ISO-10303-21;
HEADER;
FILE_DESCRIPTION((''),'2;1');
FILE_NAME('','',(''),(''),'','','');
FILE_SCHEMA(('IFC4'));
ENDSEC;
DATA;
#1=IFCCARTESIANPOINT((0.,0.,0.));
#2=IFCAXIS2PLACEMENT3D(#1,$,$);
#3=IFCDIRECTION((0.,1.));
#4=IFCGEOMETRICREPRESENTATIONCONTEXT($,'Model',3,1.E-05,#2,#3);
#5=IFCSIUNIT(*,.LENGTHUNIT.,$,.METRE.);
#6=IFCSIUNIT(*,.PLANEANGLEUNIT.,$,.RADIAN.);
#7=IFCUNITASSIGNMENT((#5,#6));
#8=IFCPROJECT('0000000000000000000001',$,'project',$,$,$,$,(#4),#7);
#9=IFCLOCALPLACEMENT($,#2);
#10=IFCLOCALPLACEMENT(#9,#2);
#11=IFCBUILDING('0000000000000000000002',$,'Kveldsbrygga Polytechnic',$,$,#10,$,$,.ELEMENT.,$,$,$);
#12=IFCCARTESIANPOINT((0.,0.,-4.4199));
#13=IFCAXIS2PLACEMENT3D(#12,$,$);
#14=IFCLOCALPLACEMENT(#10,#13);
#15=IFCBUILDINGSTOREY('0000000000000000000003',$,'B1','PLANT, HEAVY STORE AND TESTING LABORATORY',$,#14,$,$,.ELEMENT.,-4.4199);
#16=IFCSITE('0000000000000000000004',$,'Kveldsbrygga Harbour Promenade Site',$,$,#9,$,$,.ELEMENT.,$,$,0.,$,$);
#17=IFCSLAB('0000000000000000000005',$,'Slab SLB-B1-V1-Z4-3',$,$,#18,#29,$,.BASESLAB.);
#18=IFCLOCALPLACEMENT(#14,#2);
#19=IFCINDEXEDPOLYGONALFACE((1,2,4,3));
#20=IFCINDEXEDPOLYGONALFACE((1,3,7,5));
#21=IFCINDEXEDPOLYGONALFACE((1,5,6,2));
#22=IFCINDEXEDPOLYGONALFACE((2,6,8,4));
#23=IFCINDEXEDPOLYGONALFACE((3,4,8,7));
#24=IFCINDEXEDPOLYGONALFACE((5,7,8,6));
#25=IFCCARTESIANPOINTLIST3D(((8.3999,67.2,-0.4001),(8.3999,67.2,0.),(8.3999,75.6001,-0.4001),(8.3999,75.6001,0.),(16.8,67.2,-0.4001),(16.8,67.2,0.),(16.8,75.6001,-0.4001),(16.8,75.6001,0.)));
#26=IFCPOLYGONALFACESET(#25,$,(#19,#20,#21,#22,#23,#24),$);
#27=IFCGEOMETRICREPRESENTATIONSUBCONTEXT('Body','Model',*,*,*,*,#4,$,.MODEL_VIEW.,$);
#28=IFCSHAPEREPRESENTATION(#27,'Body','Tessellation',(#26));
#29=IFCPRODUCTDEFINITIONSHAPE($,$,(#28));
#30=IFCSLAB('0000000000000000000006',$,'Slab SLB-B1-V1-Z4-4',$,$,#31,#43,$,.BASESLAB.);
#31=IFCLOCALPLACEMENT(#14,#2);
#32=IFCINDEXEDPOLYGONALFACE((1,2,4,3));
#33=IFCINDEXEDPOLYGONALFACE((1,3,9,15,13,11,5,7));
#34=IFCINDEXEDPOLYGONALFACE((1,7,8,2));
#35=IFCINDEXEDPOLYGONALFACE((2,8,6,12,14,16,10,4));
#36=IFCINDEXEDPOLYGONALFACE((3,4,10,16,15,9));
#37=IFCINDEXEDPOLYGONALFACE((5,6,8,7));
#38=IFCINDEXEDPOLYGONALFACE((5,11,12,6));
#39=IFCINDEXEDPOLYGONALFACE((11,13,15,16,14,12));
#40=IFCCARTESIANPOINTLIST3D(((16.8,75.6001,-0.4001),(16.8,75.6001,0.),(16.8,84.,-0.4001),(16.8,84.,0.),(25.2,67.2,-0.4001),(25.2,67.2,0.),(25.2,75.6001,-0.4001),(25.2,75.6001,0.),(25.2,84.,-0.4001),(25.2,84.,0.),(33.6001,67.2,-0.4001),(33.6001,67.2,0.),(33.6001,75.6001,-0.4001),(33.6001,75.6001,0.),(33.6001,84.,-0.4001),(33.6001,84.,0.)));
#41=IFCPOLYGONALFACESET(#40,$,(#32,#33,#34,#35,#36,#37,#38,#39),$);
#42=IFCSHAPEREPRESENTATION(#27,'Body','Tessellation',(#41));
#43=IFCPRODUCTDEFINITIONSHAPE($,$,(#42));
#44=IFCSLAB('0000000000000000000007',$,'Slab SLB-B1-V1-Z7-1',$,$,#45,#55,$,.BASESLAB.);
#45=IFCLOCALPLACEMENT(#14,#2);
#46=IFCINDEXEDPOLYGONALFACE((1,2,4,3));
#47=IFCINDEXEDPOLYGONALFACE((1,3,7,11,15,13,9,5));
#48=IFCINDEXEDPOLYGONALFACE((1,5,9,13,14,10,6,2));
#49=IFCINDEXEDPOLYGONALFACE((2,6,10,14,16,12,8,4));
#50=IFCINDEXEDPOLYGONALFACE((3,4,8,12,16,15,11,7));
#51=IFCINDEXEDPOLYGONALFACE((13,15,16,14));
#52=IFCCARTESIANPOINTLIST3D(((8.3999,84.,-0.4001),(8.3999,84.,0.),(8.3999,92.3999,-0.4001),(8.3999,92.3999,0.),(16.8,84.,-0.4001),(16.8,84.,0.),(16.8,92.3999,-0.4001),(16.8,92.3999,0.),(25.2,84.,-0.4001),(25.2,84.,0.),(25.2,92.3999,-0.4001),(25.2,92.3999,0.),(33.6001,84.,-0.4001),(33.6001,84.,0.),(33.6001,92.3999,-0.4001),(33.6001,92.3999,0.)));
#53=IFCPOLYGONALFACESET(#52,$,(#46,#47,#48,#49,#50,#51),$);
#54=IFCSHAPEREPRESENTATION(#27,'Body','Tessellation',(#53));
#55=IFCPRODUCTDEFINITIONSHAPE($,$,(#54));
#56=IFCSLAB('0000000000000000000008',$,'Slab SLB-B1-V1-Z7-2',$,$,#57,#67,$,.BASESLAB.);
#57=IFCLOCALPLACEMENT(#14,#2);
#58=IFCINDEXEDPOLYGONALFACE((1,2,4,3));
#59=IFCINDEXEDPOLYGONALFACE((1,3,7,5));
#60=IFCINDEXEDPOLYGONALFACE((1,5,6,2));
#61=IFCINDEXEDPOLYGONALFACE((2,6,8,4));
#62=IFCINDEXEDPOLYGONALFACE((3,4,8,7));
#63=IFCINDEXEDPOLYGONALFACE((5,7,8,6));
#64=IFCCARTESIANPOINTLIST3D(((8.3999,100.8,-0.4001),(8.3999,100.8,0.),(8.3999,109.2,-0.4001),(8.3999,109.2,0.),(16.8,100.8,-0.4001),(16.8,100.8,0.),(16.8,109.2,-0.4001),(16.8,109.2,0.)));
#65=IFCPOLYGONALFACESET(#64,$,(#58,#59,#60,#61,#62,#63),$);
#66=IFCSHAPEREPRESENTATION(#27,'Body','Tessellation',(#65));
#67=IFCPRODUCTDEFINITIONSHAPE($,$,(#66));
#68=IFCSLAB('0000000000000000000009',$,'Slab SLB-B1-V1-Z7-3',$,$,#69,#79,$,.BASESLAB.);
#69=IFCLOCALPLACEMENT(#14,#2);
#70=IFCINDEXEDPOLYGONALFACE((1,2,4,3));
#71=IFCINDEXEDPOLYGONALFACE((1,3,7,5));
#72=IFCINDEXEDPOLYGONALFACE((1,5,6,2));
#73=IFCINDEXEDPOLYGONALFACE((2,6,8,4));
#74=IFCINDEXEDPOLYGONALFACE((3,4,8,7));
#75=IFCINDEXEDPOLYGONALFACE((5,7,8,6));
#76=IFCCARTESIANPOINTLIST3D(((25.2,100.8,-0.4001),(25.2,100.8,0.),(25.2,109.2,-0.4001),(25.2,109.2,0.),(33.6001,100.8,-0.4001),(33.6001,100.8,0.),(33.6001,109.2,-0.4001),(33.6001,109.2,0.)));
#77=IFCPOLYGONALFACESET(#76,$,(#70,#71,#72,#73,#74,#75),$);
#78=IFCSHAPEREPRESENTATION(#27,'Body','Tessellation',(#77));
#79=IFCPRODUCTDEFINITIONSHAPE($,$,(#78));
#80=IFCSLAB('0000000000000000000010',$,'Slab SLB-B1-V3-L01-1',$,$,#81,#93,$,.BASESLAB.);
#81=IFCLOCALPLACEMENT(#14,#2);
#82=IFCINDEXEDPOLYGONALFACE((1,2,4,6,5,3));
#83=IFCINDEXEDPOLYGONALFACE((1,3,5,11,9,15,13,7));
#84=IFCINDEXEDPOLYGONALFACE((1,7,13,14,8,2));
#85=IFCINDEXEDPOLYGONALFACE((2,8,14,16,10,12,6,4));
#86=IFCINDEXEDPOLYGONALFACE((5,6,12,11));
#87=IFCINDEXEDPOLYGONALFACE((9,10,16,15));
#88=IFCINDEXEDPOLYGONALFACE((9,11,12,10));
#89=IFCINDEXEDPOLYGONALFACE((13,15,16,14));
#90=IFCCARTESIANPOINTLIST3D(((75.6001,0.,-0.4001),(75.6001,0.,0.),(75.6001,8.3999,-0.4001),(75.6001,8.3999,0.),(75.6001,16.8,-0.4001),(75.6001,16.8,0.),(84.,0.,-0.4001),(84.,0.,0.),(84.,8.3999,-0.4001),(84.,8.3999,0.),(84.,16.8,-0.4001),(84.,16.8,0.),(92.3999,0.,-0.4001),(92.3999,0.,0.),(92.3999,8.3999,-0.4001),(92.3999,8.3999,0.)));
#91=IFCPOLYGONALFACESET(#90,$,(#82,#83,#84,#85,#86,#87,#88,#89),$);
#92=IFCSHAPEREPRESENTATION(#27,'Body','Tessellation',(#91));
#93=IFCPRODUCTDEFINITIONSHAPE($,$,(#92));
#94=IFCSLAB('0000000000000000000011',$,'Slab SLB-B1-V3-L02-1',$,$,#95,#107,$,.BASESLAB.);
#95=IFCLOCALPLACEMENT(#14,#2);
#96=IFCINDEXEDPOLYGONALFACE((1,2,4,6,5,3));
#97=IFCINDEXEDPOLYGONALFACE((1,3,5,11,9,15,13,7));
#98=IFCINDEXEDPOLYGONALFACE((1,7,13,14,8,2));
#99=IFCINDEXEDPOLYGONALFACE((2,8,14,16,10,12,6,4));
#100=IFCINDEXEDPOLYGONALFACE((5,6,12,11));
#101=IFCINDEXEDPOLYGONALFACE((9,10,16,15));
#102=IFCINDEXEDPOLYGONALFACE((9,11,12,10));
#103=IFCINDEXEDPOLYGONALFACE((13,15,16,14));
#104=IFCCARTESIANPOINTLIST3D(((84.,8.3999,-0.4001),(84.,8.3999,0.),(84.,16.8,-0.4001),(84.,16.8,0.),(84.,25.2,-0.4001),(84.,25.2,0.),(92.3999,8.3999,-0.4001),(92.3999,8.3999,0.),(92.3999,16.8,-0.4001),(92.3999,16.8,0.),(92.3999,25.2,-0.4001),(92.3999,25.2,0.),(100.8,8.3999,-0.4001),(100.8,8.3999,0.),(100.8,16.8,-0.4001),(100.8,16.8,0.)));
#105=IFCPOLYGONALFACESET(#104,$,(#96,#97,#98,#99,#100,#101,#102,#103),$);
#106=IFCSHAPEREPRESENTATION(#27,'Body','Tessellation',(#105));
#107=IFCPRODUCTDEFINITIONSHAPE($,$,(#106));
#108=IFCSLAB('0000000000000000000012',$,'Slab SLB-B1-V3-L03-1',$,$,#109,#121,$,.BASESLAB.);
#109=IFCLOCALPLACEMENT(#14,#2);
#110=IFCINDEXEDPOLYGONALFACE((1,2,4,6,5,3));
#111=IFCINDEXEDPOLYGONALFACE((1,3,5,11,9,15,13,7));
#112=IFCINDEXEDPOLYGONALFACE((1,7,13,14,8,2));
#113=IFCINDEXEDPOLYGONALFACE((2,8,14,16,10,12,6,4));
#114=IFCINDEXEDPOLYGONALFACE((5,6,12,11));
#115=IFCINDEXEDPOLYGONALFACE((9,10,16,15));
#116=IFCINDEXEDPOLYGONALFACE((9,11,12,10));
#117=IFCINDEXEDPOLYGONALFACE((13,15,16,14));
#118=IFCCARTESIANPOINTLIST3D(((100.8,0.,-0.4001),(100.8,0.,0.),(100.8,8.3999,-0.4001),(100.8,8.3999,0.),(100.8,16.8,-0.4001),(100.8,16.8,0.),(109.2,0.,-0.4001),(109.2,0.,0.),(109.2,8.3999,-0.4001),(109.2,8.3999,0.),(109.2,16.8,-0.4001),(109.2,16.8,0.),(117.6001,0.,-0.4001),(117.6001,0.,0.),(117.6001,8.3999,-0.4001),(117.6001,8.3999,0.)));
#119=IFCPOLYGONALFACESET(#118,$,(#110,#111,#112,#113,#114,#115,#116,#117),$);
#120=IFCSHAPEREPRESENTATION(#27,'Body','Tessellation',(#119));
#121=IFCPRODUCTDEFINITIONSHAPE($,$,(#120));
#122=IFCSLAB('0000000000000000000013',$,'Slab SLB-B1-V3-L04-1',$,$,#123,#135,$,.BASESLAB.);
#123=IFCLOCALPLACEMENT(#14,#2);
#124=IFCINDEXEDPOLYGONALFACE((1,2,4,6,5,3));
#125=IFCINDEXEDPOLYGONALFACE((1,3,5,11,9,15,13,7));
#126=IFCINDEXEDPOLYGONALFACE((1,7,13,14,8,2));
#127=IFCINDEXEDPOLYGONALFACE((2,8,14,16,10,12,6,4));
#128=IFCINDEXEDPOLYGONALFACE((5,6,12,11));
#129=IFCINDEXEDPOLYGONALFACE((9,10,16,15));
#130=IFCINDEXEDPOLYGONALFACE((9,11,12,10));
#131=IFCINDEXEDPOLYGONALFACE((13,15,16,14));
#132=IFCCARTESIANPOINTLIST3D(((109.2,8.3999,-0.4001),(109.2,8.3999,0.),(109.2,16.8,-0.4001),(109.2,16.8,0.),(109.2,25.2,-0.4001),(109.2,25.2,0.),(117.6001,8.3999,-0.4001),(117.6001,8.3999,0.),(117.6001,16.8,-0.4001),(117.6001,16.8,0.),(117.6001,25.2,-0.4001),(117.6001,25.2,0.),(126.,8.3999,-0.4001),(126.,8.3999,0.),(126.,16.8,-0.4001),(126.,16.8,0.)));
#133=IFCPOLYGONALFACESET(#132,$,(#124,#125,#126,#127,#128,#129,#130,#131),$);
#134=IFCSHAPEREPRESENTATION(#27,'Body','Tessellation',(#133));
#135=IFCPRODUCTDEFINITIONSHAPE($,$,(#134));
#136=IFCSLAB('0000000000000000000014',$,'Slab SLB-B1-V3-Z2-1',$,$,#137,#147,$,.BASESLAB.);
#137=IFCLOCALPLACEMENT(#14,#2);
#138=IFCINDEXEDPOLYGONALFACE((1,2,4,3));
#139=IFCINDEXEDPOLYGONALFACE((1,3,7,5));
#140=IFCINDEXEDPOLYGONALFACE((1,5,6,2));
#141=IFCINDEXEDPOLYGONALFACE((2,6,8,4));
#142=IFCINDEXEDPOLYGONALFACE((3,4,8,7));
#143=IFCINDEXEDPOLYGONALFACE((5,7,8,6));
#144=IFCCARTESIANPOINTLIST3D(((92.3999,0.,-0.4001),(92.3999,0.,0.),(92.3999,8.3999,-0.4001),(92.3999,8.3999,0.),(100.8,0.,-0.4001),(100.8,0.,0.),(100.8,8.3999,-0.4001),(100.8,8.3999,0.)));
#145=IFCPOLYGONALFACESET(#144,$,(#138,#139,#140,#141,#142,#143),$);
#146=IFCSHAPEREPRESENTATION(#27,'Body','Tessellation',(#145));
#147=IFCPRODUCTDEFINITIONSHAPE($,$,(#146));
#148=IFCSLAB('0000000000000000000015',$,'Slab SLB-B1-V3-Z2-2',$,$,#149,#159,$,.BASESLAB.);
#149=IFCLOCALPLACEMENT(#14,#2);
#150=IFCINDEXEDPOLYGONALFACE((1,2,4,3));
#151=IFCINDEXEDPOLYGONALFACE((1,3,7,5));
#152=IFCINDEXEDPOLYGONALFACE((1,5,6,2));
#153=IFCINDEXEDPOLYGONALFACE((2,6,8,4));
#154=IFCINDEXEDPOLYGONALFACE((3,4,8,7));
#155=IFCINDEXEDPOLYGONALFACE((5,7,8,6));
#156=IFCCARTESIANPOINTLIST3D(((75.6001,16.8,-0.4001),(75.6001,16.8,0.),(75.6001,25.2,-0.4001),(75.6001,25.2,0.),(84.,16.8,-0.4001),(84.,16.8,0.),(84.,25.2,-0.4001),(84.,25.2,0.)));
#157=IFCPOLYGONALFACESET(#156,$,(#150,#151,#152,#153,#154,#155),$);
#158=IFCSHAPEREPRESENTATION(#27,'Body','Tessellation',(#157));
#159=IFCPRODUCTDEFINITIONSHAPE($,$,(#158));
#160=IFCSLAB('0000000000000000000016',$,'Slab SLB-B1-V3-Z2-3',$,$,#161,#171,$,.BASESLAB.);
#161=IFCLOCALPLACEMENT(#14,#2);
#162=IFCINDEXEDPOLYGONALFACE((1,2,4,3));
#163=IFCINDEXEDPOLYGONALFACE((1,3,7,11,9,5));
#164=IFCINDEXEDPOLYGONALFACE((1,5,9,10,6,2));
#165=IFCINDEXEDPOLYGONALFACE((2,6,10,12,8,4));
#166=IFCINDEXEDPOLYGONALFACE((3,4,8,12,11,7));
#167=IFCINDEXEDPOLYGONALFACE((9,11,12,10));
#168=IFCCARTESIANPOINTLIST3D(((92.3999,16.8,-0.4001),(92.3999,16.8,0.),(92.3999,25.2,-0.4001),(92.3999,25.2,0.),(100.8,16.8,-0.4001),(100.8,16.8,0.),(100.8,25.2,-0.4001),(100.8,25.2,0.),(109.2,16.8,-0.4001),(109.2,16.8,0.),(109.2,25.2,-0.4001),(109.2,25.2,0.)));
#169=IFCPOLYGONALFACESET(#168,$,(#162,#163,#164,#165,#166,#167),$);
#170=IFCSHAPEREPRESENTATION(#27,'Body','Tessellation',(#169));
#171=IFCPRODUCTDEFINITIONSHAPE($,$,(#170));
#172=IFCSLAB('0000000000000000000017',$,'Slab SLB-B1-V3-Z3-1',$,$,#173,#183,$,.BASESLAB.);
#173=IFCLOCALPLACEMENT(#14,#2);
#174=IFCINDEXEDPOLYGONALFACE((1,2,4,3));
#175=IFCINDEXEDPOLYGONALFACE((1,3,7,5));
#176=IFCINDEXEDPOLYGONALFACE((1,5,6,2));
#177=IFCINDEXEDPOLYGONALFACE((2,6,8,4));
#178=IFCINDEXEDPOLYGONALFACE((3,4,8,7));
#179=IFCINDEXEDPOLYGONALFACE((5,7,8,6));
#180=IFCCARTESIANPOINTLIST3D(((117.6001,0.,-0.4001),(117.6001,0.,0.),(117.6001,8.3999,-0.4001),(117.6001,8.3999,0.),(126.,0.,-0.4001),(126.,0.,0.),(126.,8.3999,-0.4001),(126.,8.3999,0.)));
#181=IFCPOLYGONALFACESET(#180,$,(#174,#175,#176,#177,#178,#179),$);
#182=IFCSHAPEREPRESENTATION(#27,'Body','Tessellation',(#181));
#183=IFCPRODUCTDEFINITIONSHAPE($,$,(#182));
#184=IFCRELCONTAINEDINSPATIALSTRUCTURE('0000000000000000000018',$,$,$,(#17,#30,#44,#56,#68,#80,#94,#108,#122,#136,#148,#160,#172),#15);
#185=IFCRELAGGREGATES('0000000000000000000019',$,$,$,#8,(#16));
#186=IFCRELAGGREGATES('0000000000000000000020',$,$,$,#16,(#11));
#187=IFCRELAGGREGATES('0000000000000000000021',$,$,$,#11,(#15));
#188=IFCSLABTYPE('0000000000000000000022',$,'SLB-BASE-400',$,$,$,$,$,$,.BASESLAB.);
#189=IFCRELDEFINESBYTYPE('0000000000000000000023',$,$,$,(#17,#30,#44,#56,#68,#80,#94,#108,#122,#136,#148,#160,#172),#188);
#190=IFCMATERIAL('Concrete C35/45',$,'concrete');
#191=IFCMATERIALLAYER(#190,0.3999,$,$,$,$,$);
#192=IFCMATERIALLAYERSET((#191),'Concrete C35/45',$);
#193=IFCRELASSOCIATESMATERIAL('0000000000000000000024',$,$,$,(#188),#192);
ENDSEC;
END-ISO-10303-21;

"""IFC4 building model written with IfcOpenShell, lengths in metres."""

from ifc_helpers import new_model, si_unit, direction, frame, origin, place, context, subcontext, project, spatial, polyline, outline, extrude, material, layer, layer_set, type_object, element, save


model = new_model("IFC4")

# Units and contexts
model_context = context("Model", 3, precision=1e-05, world=origin(), true_north=direction((0.0, 1.0)))
body_context = subcontext(model_context, "Body", "Model", "MODEL_VIEW")
ifc_project = project(units=[si_unit("LENGTHUNIT", "METRE"), si_unit("PLANEANGLEUNIT", "RADIAN")], contexts=[model_context])

# Site, building, storey
site_placement = place(None, origin())
site = spatial("IfcSite", under=ifc_project, at=site_placement, Name="Kveldsbrygga Harbour Promenade Site", CompositionType="ELEMENT", RefElevation=0.0)
building_placement = place(site_placement, origin())
building = spatial("IfcBuilding", under=site, at=building_placement, Name="Kveldsbrygga Polytechnic", CompositionType="ELEMENT")
storey_placement = place(building_placement, frame((0.0, 0.0, -4.4199)))
storey = spatial("IfcBuildingStorey", under=building, at=storey_placement, Name="B1", Description="PLANT, HEAVY STORE AND TESTING LABORATORY", CompositionType="ELEMENT", Elevation=-4.4199)

# Slabs
ifc_material = material(Name="Concrete C35/45", Category="concrete")
ifc_layer = layer(ifc_material, 0.3999)
ifc_layer_set = layer_set([ifc_layer], Name="Concrete C35/45")
slab_type = type_object("IfcSlabType", Name="SLB-BASE-400", PredefinedType="BASESLAB", material=ifc_layer_set)
slab_1_placement = place(storey_placement, frame((0.0, 0.0, -0.4001)))
element("IfcSlab", 1, at=slab_1_placement, inside=storey, type_object=slab_type, Name="Slab SLB-B1-V1-Z4-3", PredefinedType="BASESLAB", context=body_context, shape_type="SweptSolid", body=[
    extrude(outline(polyline([(16.8, 75.6001), (16.8, 67.2), (8.3999, 67.2), (8.3999, 75.6001), (16.8, 75.6001)])), origin(), (0.0, 0.0, 1.0), 0.4001),
])
slab_2_placement = place(storey_placement, frame((0.0, 0.0, -0.4001)))
element("IfcSlab", 2, at=slab_2_placement, inside=storey, type_object=slab_type, Name="Slab SLB-B1-V1-Z4-4", PredefinedType="BASESLAB", context=body_context, shape_type="SweptSolid", body=[
    extrude(outline(polyline([(25.2, 67.2), (25.2, 75.6001), (16.8, 75.6001), (16.8, 84.0), (25.2, 84.0), (33.6001, 84.0), (33.6001, 75.6001), (33.6001, 67.2), (25.2, 67.2)])), origin(), (0.0, 0.0, 1.0), 0.4001),
])
slab_3_placement = place(storey_placement, frame((0.0, 0.0, -0.4001)))
element("IfcSlab", 3, at=slab_3_placement, inside=storey, type_object=slab_type, Name="Slab SLB-B1-V1-Z7-1", PredefinedType="BASESLAB", context=body_context, shape_type="SweptSolid", body=[
    extrude(outline(polyline([(8.3999, 92.3999), (16.8, 92.3999), (25.2, 92.3999), (33.6001, 92.3999), (33.6001, 84.0), (25.2, 84.0), (16.8, 84.0), (8.3999, 84.0), (8.3999, 92.3999)])), origin(), (0.0, 0.0, 1.0), 0.4001),
])
slab_4_placement = place(storey_placement, frame((0.0, 0.0, -0.4001)))
element("IfcSlab", 4, at=slab_4_placement, inside=storey, type_object=slab_type, Name="Slab SLB-B1-V1-Z7-2", PredefinedType="BASESLAB", context=body_context, shape_type="SweptSolid", body=[
    extrude(outline(polyline([(16.8, 109.2), (16.8, 100.8), (8.3999, 100.8), (8.3999, 109.2), (16.8, 109.2)])), origin(), (0.0, 0.0, 1.0), 0.4001),
])
slab_5_placement = place(storey_placement, frame((0.0, 0.0, -0.4001)))
element("IfcSlab", 5, at=slab_5_placement, inside=storey, type_object=slab_type, Name="Slab SLB-B1-V1-Z7-3", PredefinedType="BASESLAB", context=body_context, shape_type="SweptSolid", body=[
    extrude(outline(polyline([(33.6001, 109.2), (33.6001, 100.8), (25.2, 100.8), (25.2, 109.2), (33.6001, 109.2)])), origin(), (0.0, 0.0, 1.0), 0.4001),
])
slab_6_placement = place(storey_placement, frame((0.0, 0.0, -0.4001)))
element("IfcSlab", 6, at=slab_6_placement, inside=storey, type_object=slab_type, Name="Slab SLB-B1-V3-L01-1", PredefinedType="BASESLAB", context=body_context, shape_type="SweptSolid", body=[
    extrude(outline(polyline([(75.6001, 0.0), (75.6001, 8.3999), (75.6001, 16.8), (84.0, 16.8), (84.0, 8.3999), (92.3999, 8.3999), (92.3999, 0.0), (84.0, 0.0), (75.6001, 0.0)])), origin(), (0.0, 0.0, 1.0), 0.4001),
])
slab_7_placement = place(storey_placement, frame((0.0, 0.0, -0.4001)))
element("IfcSlab", 7, at=slab_7_placement, inside=storey, type_object=slab_type, Name="Slab SLB-B1-V3-L02-1", PredefinedType="BASESLAB", context=body_context, shape_type="SweptSolid", body=[
    extrude(outline(polyline([(84.0, 8.3999), (84.0, 16.8), (84.0, 25.2), (92.3999, 25.2), (92.3999, 16.8), (100.8, 16.8), (100.8, 8.3999), (92.3999, 8.3999), (84.0, 8.3999)])), origin(), (0.0, 0.0, 1.0), 0.4001),
])
slab_8_placement = place(storey_placement, frame((0.0, 0.0, -0.4001)))
element("IfcSlab", 8, at=slab_8_placement, inside=storey, type_object=slab_type, Name="Slab SLB-B1-V3-L03-1", PredefinedType="BASESLAB", context=body_context, shape_type="SweptSolid", body=[
    extrude(outline(polyline([(100.8, 0.0), (100.8, 8.3999), (100.8, 16.8), (109.2, 16.8), (109.2, 8.3999), (117.6001, 8.3999), (117.6001, 0.0), (109.2, 0.0), (100.8, 0.0)])), origin(), (0.0, 0.0, 1.0), 0.4001),
])
slab_9_placement = place(storey_placement, frame((0.0, 0.0, -0.4001)))
element("IfcSlab", 9, at=slab_9_placement, inside=storey, type_object=slab_type, Name="Slab SLB-B1-V3-L04-1", PredefinedType="BASESLAB", context=body_context, shape_type="SweptSolid", body=[
    extrude(outline(polyline([(109.2, 8.3999), (109.2, 16.8), (109.2, 25.2), (117.6001, 25.2), (117.6001, 16.8), (126.0, 16.8), (126.0, 8.3999), (117.6001, 8.3999), (109.2, 8.3999)])), origin(), (0.0, 0.0, 1.0), 0.4001),
])
slab_10_placement = place(storey_placement, frame((0.0, 0.0, -0.4001)))
element("IfcSlab", 10, at=slab_10_placement, inside=storey, type_object=slab_type, Name="Slab SLB-B1-V3-Z2-1", PredefinedType="BASESLAB", context=body_context, shape_type="SweptSolid", body=[
    extrude(outline(polyline([(92.3999, 8.3999), (100.8, 8.3999), (100.8, 0.0), (92.3999, 0.0), (92.3999, 8.3999)])), origin(), (0.0, 0.0, 1.0), 0.4001),
])
slab_11_placement = place(storey_placement, frame((0.0, 0.0, -0.4001)))
element("IfcSlab", 11, at=slab_11_placement, inside=storey, type_object=slab_type, Name="Slab SLB-B1-V3-Z2-2", PredefinedType="BASESLAB", context=body_context, shape_type="SweptSolid", body=[
    extrude(outline(polyline([(75.6001, 25.2), (84.0, 25.2), (84.0, 16.8), (75.6001, 16.8), (75.6001, 25.2)])), origin(), (0.0, 0.0, 1.0), 0.4001),
])
slab_12_placement = place(storey_placement, frame((0.0, 0.0, -0.4001)))
element("IfcSlab", 12, at=slab_12_placement, inside=storey, type_object=slab_type, Name="Slab SLB-B1-V3-Z2-3", PredefinedType="BASESLAB", context=body_context, shape_type="SweptSolid", body=[
    extrude(outline(polyline([(92.3999, 25.2), (100.8, 25.2), (109.2, 25.2), (109.2, 16.8), (100.8, 16.8), (92.3999, 16.8), (92.3999, 25.2)])), origin(), (0.0, 0.0, 1.0), 0.4001),
])
slab_13_placement = place(storey_placement, frame((0.0, 0.0, -0.4001)))
element("IfcSlab", 13, at=slab_13_placement, inside=storey, type_object=slab_type, Name="Slab SLB-B1-V3-Z3-1", PredefinedType="BASESLAB", context=body_context, shape_type="SweptSolid", body=[
    extrude(outline(polyline([(117.6001, 0.0), (117.6001, 8.3999), (126.0, 8.3999), (126.0, 0.0), (117.6001, 0.0)])), origin(), (0.0, 0.0, 1.0), 0.4001),
])

save(model, "model.ifc")
